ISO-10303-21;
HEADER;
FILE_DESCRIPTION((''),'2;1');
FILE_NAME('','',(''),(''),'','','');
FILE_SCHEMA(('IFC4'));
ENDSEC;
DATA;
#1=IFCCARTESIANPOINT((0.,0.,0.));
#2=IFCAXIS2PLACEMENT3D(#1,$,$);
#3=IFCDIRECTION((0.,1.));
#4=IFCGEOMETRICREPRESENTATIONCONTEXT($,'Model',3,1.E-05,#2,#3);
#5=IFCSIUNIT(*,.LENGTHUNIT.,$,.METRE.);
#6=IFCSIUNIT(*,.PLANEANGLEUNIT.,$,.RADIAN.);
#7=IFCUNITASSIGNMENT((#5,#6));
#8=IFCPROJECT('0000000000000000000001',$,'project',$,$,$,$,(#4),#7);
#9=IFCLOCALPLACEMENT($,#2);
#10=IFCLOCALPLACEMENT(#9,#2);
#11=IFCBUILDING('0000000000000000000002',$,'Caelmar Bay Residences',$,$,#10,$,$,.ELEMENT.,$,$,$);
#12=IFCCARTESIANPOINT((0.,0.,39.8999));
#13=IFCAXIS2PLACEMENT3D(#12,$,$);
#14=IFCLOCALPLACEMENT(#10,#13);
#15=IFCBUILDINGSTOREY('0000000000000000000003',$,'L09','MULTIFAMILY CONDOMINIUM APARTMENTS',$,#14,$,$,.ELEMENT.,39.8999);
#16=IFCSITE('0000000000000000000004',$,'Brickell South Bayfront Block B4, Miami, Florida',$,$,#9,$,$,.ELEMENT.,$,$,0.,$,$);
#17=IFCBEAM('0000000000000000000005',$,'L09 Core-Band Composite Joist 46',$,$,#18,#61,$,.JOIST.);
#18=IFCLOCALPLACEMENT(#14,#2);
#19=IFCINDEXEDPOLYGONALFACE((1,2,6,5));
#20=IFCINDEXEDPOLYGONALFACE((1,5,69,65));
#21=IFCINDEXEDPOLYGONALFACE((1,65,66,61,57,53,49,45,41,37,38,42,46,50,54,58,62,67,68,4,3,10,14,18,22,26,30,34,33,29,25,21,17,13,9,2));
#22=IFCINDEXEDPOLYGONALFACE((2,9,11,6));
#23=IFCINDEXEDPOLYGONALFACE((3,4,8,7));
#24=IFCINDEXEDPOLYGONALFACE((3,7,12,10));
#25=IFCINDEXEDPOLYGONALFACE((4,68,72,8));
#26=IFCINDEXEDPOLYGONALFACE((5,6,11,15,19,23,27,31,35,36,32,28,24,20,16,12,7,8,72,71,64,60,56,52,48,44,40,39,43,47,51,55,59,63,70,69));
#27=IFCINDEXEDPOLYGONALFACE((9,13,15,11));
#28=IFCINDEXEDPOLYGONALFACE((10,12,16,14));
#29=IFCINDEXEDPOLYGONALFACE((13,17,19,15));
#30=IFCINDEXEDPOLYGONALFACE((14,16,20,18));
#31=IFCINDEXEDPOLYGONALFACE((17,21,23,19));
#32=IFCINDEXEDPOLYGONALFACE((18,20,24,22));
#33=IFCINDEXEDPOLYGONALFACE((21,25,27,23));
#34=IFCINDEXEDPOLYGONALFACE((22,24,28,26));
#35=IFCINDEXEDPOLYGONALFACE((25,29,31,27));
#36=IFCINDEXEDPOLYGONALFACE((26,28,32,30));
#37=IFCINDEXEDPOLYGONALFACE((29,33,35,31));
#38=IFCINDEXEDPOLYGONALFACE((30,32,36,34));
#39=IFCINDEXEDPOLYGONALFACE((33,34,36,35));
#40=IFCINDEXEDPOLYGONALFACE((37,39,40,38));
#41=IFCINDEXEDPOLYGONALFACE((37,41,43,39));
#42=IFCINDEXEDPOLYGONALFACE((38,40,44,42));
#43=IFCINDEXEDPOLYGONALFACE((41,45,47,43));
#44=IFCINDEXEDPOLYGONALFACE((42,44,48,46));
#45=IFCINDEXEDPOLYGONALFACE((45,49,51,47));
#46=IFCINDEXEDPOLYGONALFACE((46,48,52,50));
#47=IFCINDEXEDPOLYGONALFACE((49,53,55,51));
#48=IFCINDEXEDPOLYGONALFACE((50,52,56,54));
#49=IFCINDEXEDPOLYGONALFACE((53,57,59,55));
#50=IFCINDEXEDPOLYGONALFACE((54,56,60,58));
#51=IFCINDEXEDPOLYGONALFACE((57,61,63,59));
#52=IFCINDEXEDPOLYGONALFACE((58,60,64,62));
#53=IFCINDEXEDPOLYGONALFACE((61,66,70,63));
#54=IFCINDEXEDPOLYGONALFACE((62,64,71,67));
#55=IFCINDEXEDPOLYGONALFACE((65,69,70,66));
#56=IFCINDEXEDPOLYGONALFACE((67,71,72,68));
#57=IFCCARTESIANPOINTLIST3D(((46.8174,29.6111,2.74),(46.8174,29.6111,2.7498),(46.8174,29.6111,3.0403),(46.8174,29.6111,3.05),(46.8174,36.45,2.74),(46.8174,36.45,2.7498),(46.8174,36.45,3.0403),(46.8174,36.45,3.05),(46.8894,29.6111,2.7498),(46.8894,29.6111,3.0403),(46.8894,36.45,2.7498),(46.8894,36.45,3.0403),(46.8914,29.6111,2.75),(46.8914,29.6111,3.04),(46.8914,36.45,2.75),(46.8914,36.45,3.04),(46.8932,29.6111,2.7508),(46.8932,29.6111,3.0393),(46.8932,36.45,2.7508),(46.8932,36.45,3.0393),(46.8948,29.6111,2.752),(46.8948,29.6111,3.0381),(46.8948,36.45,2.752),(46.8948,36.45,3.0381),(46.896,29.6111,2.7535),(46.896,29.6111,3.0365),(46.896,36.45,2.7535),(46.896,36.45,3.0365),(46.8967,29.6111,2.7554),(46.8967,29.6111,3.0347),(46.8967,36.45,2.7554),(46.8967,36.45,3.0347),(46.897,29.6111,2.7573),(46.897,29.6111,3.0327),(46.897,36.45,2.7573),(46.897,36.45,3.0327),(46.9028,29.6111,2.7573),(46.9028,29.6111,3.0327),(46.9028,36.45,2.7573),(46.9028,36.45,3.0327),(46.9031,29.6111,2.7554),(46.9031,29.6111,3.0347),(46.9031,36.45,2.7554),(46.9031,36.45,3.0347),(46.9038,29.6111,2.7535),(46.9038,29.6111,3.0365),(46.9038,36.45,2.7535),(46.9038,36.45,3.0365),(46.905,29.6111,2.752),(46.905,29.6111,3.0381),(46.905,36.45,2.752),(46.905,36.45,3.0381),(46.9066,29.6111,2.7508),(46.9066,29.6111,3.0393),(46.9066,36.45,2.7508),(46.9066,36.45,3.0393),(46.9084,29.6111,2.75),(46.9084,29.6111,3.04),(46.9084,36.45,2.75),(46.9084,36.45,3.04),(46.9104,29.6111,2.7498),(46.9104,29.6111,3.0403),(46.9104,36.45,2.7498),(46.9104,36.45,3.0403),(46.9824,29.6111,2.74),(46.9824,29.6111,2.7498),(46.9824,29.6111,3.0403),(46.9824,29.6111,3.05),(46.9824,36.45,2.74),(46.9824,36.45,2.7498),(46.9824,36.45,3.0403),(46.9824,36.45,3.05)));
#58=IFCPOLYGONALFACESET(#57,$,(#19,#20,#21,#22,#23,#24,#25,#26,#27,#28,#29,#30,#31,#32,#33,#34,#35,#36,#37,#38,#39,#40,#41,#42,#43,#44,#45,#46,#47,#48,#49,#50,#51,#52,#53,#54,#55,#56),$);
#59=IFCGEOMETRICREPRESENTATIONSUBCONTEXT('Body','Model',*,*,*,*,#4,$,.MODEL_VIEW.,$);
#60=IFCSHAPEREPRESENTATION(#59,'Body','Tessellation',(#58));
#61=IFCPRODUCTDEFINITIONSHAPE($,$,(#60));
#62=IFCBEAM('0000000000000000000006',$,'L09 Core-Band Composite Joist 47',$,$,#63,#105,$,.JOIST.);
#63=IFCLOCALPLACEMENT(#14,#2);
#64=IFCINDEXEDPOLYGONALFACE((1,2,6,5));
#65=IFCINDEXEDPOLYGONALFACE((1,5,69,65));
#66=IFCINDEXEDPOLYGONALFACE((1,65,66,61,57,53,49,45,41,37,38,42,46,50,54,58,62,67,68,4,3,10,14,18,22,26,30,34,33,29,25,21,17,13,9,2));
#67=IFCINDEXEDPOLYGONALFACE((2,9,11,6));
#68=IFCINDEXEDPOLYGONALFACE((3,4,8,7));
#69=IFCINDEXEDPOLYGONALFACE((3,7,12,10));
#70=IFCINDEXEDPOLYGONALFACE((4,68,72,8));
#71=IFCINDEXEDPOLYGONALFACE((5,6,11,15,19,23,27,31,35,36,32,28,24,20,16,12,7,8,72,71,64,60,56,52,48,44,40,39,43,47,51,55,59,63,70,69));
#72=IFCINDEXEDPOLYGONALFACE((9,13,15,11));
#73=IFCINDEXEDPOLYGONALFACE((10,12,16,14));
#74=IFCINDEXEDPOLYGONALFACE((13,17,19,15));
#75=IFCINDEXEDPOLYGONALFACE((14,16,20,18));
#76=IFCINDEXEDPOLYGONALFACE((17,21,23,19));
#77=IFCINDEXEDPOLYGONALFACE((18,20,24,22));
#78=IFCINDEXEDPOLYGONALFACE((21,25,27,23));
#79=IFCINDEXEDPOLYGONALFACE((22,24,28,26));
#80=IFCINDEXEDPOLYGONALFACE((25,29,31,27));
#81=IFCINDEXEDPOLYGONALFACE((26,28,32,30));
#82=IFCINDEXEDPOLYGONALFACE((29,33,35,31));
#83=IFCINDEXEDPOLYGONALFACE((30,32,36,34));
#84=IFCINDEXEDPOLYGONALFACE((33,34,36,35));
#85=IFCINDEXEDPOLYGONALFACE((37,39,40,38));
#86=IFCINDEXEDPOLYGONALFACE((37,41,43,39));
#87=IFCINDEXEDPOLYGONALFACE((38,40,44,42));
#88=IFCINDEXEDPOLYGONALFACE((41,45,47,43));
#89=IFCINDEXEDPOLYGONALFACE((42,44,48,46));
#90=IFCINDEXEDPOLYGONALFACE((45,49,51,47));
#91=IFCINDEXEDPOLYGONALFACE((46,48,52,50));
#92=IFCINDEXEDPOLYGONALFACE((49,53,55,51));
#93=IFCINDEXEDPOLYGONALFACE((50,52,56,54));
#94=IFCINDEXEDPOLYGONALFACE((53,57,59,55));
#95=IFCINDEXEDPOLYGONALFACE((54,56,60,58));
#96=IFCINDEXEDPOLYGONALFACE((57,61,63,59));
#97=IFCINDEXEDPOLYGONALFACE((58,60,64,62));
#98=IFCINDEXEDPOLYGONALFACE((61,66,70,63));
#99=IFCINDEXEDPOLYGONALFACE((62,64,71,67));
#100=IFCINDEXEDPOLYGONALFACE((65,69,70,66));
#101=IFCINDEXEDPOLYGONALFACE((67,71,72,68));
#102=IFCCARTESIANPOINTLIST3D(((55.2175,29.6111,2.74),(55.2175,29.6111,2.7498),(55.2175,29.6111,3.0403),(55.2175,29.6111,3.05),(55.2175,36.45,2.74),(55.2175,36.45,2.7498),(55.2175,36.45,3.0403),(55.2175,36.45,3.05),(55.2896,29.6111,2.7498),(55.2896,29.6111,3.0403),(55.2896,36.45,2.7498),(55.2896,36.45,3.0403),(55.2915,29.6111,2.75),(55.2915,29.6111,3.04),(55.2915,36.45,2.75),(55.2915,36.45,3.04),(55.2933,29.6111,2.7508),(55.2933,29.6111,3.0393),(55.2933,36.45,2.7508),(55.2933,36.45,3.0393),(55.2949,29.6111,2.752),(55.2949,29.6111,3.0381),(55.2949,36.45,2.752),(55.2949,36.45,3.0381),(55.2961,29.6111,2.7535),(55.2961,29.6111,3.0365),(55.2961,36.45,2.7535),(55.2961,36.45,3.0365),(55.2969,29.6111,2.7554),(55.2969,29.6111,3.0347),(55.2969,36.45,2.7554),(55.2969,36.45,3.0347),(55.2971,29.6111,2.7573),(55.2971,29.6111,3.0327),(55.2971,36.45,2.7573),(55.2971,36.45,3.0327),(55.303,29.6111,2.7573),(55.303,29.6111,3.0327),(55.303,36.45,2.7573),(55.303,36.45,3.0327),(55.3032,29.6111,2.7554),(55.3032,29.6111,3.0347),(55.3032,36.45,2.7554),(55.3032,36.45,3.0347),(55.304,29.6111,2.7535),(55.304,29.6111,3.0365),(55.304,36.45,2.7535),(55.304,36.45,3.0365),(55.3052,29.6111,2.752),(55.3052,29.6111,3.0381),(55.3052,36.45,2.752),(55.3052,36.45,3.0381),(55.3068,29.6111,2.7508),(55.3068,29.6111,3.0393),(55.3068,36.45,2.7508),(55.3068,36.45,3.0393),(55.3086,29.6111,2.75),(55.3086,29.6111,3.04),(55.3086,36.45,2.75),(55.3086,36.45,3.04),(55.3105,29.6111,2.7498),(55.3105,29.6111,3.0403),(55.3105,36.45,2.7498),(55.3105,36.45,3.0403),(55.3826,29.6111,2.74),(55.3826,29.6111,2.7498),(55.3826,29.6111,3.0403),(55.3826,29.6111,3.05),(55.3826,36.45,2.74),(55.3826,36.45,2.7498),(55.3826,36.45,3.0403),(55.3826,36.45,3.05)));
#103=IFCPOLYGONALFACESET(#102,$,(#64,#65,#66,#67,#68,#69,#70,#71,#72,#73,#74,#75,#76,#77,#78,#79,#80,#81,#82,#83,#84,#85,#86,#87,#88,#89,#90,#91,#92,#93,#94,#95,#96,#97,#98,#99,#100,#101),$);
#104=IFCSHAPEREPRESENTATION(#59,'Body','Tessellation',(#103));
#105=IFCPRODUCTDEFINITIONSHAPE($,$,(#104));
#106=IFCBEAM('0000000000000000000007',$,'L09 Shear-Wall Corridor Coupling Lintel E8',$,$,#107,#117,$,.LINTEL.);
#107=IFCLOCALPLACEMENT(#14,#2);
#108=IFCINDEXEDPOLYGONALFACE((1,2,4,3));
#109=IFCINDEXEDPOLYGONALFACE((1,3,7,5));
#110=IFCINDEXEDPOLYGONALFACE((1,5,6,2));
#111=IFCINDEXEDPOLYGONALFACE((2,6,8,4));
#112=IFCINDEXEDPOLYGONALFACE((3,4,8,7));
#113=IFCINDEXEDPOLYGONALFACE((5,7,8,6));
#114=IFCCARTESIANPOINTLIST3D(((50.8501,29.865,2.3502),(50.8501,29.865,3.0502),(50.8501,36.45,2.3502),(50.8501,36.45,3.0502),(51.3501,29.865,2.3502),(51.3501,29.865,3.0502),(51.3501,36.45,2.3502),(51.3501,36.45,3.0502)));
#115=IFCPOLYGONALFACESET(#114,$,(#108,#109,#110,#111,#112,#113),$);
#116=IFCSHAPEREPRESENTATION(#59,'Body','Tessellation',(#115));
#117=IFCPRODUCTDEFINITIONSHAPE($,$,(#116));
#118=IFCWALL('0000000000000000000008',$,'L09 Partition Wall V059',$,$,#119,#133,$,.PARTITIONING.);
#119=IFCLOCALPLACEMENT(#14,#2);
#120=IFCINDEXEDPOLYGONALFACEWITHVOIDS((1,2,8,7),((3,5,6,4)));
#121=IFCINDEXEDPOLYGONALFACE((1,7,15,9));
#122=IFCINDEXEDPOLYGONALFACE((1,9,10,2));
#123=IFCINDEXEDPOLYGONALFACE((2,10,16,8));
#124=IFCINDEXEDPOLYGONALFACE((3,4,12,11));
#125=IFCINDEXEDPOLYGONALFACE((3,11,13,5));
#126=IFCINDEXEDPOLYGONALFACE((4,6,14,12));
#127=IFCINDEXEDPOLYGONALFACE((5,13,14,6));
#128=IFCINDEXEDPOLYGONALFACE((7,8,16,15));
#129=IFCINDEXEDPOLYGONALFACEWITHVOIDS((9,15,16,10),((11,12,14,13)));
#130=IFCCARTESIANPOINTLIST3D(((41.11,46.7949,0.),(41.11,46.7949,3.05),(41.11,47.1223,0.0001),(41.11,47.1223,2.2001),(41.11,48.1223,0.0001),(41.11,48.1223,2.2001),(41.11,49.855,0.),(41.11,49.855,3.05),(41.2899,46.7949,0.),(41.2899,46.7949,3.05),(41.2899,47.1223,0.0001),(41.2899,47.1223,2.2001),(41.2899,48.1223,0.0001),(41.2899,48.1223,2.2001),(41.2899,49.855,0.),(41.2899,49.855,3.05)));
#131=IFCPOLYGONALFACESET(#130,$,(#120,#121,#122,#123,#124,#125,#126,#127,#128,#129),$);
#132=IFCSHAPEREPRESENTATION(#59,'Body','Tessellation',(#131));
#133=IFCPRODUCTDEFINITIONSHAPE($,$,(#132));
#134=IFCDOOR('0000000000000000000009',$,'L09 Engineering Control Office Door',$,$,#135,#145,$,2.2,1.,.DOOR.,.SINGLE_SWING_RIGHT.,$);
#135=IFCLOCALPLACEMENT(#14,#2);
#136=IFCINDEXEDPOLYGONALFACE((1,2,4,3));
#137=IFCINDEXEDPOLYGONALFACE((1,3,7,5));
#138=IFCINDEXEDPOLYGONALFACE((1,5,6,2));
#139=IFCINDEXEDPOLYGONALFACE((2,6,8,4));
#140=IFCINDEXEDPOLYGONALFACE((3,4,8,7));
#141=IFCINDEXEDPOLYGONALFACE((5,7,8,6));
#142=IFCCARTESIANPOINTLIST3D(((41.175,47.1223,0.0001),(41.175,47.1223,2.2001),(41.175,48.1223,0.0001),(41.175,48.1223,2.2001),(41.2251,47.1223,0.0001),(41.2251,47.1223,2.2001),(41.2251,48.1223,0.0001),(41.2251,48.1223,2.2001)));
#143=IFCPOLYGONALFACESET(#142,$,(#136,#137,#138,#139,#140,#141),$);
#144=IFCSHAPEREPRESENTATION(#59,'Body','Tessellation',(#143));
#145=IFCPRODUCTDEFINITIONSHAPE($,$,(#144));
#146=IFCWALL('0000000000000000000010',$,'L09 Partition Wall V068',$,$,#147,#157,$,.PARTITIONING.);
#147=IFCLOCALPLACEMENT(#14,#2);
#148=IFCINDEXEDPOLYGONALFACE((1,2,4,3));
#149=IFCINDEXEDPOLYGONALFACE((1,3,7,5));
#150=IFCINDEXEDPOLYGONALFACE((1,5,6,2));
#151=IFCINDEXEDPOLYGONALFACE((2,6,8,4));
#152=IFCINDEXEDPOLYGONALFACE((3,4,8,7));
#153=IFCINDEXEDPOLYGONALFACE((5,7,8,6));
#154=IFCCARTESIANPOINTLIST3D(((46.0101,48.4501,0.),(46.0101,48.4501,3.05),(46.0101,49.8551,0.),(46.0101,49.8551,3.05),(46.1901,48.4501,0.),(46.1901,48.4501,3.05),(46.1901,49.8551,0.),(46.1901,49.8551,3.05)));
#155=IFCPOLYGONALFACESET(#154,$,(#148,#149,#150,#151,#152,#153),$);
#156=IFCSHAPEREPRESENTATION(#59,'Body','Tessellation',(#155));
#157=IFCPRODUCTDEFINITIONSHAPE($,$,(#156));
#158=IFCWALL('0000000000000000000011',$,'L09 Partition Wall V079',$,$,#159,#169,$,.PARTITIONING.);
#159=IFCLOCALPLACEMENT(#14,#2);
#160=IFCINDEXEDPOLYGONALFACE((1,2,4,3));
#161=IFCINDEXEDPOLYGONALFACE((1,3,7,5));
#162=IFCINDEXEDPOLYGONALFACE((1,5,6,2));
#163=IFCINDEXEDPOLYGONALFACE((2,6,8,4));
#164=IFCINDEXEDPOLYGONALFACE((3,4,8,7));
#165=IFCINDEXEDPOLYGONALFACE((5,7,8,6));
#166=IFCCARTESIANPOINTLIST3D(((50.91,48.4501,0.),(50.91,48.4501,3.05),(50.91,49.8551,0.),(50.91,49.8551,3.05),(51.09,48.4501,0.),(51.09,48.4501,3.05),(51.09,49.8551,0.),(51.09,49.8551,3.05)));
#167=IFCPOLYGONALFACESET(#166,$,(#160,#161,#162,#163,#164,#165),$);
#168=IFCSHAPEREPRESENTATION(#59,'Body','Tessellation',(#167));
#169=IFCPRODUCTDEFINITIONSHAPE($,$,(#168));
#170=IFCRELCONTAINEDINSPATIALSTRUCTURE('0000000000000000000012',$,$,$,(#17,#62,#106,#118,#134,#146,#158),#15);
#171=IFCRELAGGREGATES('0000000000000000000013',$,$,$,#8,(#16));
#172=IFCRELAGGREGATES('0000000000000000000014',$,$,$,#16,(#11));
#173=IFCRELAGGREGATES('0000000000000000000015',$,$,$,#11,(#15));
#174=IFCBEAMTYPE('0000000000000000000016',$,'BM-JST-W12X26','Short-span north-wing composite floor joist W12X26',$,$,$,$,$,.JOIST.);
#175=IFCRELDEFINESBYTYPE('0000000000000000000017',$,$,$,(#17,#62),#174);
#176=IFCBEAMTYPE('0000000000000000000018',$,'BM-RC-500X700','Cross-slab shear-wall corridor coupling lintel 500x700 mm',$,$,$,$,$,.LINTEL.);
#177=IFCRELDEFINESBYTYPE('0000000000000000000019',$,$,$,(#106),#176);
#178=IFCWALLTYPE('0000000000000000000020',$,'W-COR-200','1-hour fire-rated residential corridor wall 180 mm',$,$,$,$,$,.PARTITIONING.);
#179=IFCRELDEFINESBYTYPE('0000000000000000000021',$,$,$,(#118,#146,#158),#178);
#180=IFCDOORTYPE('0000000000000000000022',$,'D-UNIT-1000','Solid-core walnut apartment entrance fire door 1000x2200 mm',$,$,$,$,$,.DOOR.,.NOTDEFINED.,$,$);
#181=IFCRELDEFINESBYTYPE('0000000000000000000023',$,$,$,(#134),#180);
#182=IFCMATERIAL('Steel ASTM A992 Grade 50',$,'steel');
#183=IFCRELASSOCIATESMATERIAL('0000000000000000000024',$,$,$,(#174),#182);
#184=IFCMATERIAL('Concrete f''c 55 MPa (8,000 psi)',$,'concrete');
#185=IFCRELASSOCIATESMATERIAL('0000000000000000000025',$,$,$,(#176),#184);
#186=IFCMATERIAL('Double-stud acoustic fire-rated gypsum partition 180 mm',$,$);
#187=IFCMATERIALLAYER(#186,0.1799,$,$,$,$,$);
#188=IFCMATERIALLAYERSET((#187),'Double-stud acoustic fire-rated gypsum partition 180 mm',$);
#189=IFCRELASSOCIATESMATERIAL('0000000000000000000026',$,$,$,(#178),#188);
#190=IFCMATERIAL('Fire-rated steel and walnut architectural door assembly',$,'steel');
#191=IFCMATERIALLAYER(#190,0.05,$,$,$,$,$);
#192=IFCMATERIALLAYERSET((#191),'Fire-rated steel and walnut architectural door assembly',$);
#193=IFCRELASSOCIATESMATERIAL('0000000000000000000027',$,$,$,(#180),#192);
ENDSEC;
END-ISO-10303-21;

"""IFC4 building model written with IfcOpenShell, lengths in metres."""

from ifc_helpers import new_model, si_unit, direction, frame, frame_2d, origin, origin_2d, place, context, subcontext, project, spatial, rectangle, i_section, extrude, material, layer, layer_set, material_profile, profile_set, type_object, element, fill, save


model = new_model("IFC4")

# Units and contexts
model_context = context("Model", 3, precision=1e-05, world=origin(), true_north=direction((0.0, 1.0)))
body_context = subcontext(model_context, "Body", "Model", "MODEL_VIEW")
ifc_project = project(units=[si_unit("LENGTHUNIT", "METRE"), si_unit("PLANEANGLEUNIT", "RADIAN")], contexts=[model_context])

# Site, building, storey
site_placement = place(None, origin())
site = spatial("IfcSite", under=ifc_project, at=site_placement, Name="Brickell South Bayfront Block B4, Miami, Florida", CompositionType="ELEMENT", RefElevation=0.0)
building_placement = place(site_placement, origin())
building = spatial("IfcBuilding", under=site, at=building_placement, Name="Caelmar Bay Residences", CompositionType="ELEMENT")
storey_placement = place(building_placement, frame((0.0, 0.0, 39.8999)))
storey = spatial("IfcBuildingStorey", under=building, at=storey_placement, Name="L09", Description="MULTIFAMILY CONDOMINIUM APARTMENTS", CompositionType="ELEMENT", Elevation=39.8999)

# Beams
ifc_material_1 = material(Name="Steel ASTM A992 Grade 50", Category="steel")
ifc_material_profile_1 = material_profile(ifc_material_1, i_section(OverallWidth=0.165, OverallDepth=0.3101, WebThickness=0.0059, FlangeThickness=0.0098, FilletRadius=0.0076, at=origin_2d()), Name="W12X26")
ifc_profile_set_1 = profile_set([ifc_material_profile_1], Name="Steel ASTM A992 Grade 50")
beam_type_1 = type_object("IfcBeamType", Name="BM-JST-W12X26", Description="Short-span north-wing composite floor joist W12X26", PredefinedType="JOIST", material=ifc_profile_set_1)
for number, where, z_axis, x_axis, name in (
    (1, (46.8999, 29.6111, 2.895), (0.0, 1.0, 0.0), (-1.0, 0.0, 0.0), "L09 Core-Band Composite Joist 46"),
    (2, (55.3, 29.6111, 2.895), (0.0, 1.0, 0.0), (-1.0, 0.0, 0.0), "L09 Core-Band Composite Joist 47"),
):
    element("IfcBeam", number, at=place(storey_placement, frame(where, z_axis=z_axis, x_axis=x_axis)), inside=storey, type_object=beam_type_1, Name=name, PredefinedType="JOIST", context=body_context, shape_type="SweptSolid", body=[
        extrude(i_section(OverallWidth=0.165, OverallDepth=0.3101, WebThickness=0.0059, FlangeThickness=0.0098, FilletRadius=0.0076, at=origin_2d()), origin(), (0.0, 0.0, 1.0), 6.8389),
    ])
ifc_material_2 = material(Name="Concrete f'c 55 MPa (8,000 psi)", Category="concrete")
ifc_material_profile_2 = material_profile(ifc_material_2, rectangle(XDim=0.5, YDim=0.7, at=origin_2d()), Name="RC-BM-500X700")
ifc_profile_set_2 = profile_set([ifc_material_profile_2], Name="Concrete f'c 55 MPa (8,000 psi)")
beam_type_2 = type_object("IfcBeamType", Name="BM-RC-500X700", Description="Cross-slab shear-wall corridor coupling lintel 500x700 mm", PredefinedType="LINTEL", material=ifc_profile_set_2)
beam_1_placement = place(storey_placement, frame((51.1001, 29.865, 2.7002), z_axis=(0.0, 1.0, 0.0), x_axis=(-1.0, 0.0, 0.0)))
element("IfcBeam", 3, at=beam_1_placement, inside=storey, type_object=beam_type_2, Name="L09 Shear-Wall Corridor Coupling Lintel E8", PredefinedType="LINTEL", context=body_context, shape_type="SweptSolid", body=[
    extrude(rectangle(XDim=0.5, YDim=0.7, at=origin_2d()), origin(), (0.0, 0.0, 1.0), 6.585),
])

# Wall, opening, door
ifc_material_3 = material(Name="Fire-rated steel and walnut architectural door assembly", Category="steel")
ifc_material_4 = material(Name="Double-stud acoustic fire-rated gypsum partition 180 mm")
ifc_layer_1 = layer(ifc_material_4, 0.1799)
ifc_layer_set_1 = layer_set([ifc_layer_1], Name="Double-stud acoustic fire-rated gypsum partition 180 mm")
wall_type_1 = type_object("IfcWallType", Name="W-COR-200", Description="1-hour fire-rated residential corridor wall 180 mm", PredefinedType="PARTITIONING", material=ifc_layer_set_1)
wall_1_placement = place(storey_placement, frame((41.2, 46.7949, 0.0), z_axis=(0.0, 0.0, 1.0), x_axis=(0.0, 1.0, 0.0)))
wall_1 = element("IfcWall", 4, at=wall_1_placement, inside=storey, type_object=wall_type_1, Name="L09 Partition Wall V059", PredefinedType="PARTITIONING", context=body_context, shape_type="SweptSolid", body=[
    extrude(rectangle(XDim=3.0601, YDim=0.1799, at=frame_2d((1.53, 0.0))), origin(), (0.0, 0.0, 1.0), 3.05),
])
opening_1_placement = place(wall_1_placement, frame((0.3274, 0.0, 0.0)))
opening_1 = element("IfcOpeningElement", 5, at=opening_1_placement, cuts=wall_1, PredefinedType="OPENING", context=body_context, shape_type="SweptSolid", body=[
    extrude(rectangle(XDim=1.0, YDim=2.2, at=frame_2d((0.5, 1.1001))), frame((0.0, 0.0999, 0.0), z_axis=(0.0, -1.0, 0.0), x_axis=(1.0, 0.0, 0.0)), (0.0, 0.0, 1.0), 0.2),
])
ifc_layer_2 = layer(ifc_material_3, 0.05)
ifc_layer_set_2 = layer_set([ifc_layer_2], Name="Fire-rated steel and walnut architectural door assembly")
door_type_1 = type_object("IfcDoorType", Name="D-UNIT-1000", Description="Solid-core walnut apartment entrance fire door 1000x2200 mm", OperationType="NOTDEFINED", PredefinedType="DOOR", material=ifc_layer_set_2)
door_1_placement = place(opening_1_placement, origin())
door_1 = element("IfcDoor", 6, at=door_1_placement, inside=storey, type_object=door_type_1, Name="L09 Engineering Control Office Door", OperationType="SINGLE_SWING_RIGHT", OverallHeight=2.2, OverallWidth=1.0, PredefinedType="DOOR", context=body_context, shape_type="SweptSolid", body=[
    extrude(rectangle(XDim=1.0, YDim=2.2, at=frame_2d((0.5, 1.1001))), frame((0.0, 0.0249, 0.0), z_axis=(0.0, -1.0, 0.0), x_axis=(1.0, 0.0, 0.0)), (0.0, 0.0, 1.0), 0.05),
])
fill(opening_1, door_1)

# Walls
for number, where, z_axis, x_axis, name in (
    (7, (46.1001, 48.45, 0.0), (0.0, 0.0, 1.0), (0.0, 1.0, 0.0), "L09 Partition Wall V068"),
    (8, (51.0, 48.45, 0.0), (0.0, 0.0, 1.0), (0.0, 1.0, 0.0), "L09 Partition Wall V079"),
):
    element("IfcWall", number, at=place(storey_placement, frame(where, z_axis=z_axis, x_axis=x_axis)), inside=storey, type_object=wall_type_1, Name=name, PredefinedType="PARTITIONING", context=body_context, shape_type="SweptSolid", body=[
        extrude(rectangle(XDim=1.405, YDim=0.1799, at=frame_2d((0.7026, 0.0))), origin(), (0.0, 0.0, 1.0), 3.05),
    ])

save(model, "model.ifc")
